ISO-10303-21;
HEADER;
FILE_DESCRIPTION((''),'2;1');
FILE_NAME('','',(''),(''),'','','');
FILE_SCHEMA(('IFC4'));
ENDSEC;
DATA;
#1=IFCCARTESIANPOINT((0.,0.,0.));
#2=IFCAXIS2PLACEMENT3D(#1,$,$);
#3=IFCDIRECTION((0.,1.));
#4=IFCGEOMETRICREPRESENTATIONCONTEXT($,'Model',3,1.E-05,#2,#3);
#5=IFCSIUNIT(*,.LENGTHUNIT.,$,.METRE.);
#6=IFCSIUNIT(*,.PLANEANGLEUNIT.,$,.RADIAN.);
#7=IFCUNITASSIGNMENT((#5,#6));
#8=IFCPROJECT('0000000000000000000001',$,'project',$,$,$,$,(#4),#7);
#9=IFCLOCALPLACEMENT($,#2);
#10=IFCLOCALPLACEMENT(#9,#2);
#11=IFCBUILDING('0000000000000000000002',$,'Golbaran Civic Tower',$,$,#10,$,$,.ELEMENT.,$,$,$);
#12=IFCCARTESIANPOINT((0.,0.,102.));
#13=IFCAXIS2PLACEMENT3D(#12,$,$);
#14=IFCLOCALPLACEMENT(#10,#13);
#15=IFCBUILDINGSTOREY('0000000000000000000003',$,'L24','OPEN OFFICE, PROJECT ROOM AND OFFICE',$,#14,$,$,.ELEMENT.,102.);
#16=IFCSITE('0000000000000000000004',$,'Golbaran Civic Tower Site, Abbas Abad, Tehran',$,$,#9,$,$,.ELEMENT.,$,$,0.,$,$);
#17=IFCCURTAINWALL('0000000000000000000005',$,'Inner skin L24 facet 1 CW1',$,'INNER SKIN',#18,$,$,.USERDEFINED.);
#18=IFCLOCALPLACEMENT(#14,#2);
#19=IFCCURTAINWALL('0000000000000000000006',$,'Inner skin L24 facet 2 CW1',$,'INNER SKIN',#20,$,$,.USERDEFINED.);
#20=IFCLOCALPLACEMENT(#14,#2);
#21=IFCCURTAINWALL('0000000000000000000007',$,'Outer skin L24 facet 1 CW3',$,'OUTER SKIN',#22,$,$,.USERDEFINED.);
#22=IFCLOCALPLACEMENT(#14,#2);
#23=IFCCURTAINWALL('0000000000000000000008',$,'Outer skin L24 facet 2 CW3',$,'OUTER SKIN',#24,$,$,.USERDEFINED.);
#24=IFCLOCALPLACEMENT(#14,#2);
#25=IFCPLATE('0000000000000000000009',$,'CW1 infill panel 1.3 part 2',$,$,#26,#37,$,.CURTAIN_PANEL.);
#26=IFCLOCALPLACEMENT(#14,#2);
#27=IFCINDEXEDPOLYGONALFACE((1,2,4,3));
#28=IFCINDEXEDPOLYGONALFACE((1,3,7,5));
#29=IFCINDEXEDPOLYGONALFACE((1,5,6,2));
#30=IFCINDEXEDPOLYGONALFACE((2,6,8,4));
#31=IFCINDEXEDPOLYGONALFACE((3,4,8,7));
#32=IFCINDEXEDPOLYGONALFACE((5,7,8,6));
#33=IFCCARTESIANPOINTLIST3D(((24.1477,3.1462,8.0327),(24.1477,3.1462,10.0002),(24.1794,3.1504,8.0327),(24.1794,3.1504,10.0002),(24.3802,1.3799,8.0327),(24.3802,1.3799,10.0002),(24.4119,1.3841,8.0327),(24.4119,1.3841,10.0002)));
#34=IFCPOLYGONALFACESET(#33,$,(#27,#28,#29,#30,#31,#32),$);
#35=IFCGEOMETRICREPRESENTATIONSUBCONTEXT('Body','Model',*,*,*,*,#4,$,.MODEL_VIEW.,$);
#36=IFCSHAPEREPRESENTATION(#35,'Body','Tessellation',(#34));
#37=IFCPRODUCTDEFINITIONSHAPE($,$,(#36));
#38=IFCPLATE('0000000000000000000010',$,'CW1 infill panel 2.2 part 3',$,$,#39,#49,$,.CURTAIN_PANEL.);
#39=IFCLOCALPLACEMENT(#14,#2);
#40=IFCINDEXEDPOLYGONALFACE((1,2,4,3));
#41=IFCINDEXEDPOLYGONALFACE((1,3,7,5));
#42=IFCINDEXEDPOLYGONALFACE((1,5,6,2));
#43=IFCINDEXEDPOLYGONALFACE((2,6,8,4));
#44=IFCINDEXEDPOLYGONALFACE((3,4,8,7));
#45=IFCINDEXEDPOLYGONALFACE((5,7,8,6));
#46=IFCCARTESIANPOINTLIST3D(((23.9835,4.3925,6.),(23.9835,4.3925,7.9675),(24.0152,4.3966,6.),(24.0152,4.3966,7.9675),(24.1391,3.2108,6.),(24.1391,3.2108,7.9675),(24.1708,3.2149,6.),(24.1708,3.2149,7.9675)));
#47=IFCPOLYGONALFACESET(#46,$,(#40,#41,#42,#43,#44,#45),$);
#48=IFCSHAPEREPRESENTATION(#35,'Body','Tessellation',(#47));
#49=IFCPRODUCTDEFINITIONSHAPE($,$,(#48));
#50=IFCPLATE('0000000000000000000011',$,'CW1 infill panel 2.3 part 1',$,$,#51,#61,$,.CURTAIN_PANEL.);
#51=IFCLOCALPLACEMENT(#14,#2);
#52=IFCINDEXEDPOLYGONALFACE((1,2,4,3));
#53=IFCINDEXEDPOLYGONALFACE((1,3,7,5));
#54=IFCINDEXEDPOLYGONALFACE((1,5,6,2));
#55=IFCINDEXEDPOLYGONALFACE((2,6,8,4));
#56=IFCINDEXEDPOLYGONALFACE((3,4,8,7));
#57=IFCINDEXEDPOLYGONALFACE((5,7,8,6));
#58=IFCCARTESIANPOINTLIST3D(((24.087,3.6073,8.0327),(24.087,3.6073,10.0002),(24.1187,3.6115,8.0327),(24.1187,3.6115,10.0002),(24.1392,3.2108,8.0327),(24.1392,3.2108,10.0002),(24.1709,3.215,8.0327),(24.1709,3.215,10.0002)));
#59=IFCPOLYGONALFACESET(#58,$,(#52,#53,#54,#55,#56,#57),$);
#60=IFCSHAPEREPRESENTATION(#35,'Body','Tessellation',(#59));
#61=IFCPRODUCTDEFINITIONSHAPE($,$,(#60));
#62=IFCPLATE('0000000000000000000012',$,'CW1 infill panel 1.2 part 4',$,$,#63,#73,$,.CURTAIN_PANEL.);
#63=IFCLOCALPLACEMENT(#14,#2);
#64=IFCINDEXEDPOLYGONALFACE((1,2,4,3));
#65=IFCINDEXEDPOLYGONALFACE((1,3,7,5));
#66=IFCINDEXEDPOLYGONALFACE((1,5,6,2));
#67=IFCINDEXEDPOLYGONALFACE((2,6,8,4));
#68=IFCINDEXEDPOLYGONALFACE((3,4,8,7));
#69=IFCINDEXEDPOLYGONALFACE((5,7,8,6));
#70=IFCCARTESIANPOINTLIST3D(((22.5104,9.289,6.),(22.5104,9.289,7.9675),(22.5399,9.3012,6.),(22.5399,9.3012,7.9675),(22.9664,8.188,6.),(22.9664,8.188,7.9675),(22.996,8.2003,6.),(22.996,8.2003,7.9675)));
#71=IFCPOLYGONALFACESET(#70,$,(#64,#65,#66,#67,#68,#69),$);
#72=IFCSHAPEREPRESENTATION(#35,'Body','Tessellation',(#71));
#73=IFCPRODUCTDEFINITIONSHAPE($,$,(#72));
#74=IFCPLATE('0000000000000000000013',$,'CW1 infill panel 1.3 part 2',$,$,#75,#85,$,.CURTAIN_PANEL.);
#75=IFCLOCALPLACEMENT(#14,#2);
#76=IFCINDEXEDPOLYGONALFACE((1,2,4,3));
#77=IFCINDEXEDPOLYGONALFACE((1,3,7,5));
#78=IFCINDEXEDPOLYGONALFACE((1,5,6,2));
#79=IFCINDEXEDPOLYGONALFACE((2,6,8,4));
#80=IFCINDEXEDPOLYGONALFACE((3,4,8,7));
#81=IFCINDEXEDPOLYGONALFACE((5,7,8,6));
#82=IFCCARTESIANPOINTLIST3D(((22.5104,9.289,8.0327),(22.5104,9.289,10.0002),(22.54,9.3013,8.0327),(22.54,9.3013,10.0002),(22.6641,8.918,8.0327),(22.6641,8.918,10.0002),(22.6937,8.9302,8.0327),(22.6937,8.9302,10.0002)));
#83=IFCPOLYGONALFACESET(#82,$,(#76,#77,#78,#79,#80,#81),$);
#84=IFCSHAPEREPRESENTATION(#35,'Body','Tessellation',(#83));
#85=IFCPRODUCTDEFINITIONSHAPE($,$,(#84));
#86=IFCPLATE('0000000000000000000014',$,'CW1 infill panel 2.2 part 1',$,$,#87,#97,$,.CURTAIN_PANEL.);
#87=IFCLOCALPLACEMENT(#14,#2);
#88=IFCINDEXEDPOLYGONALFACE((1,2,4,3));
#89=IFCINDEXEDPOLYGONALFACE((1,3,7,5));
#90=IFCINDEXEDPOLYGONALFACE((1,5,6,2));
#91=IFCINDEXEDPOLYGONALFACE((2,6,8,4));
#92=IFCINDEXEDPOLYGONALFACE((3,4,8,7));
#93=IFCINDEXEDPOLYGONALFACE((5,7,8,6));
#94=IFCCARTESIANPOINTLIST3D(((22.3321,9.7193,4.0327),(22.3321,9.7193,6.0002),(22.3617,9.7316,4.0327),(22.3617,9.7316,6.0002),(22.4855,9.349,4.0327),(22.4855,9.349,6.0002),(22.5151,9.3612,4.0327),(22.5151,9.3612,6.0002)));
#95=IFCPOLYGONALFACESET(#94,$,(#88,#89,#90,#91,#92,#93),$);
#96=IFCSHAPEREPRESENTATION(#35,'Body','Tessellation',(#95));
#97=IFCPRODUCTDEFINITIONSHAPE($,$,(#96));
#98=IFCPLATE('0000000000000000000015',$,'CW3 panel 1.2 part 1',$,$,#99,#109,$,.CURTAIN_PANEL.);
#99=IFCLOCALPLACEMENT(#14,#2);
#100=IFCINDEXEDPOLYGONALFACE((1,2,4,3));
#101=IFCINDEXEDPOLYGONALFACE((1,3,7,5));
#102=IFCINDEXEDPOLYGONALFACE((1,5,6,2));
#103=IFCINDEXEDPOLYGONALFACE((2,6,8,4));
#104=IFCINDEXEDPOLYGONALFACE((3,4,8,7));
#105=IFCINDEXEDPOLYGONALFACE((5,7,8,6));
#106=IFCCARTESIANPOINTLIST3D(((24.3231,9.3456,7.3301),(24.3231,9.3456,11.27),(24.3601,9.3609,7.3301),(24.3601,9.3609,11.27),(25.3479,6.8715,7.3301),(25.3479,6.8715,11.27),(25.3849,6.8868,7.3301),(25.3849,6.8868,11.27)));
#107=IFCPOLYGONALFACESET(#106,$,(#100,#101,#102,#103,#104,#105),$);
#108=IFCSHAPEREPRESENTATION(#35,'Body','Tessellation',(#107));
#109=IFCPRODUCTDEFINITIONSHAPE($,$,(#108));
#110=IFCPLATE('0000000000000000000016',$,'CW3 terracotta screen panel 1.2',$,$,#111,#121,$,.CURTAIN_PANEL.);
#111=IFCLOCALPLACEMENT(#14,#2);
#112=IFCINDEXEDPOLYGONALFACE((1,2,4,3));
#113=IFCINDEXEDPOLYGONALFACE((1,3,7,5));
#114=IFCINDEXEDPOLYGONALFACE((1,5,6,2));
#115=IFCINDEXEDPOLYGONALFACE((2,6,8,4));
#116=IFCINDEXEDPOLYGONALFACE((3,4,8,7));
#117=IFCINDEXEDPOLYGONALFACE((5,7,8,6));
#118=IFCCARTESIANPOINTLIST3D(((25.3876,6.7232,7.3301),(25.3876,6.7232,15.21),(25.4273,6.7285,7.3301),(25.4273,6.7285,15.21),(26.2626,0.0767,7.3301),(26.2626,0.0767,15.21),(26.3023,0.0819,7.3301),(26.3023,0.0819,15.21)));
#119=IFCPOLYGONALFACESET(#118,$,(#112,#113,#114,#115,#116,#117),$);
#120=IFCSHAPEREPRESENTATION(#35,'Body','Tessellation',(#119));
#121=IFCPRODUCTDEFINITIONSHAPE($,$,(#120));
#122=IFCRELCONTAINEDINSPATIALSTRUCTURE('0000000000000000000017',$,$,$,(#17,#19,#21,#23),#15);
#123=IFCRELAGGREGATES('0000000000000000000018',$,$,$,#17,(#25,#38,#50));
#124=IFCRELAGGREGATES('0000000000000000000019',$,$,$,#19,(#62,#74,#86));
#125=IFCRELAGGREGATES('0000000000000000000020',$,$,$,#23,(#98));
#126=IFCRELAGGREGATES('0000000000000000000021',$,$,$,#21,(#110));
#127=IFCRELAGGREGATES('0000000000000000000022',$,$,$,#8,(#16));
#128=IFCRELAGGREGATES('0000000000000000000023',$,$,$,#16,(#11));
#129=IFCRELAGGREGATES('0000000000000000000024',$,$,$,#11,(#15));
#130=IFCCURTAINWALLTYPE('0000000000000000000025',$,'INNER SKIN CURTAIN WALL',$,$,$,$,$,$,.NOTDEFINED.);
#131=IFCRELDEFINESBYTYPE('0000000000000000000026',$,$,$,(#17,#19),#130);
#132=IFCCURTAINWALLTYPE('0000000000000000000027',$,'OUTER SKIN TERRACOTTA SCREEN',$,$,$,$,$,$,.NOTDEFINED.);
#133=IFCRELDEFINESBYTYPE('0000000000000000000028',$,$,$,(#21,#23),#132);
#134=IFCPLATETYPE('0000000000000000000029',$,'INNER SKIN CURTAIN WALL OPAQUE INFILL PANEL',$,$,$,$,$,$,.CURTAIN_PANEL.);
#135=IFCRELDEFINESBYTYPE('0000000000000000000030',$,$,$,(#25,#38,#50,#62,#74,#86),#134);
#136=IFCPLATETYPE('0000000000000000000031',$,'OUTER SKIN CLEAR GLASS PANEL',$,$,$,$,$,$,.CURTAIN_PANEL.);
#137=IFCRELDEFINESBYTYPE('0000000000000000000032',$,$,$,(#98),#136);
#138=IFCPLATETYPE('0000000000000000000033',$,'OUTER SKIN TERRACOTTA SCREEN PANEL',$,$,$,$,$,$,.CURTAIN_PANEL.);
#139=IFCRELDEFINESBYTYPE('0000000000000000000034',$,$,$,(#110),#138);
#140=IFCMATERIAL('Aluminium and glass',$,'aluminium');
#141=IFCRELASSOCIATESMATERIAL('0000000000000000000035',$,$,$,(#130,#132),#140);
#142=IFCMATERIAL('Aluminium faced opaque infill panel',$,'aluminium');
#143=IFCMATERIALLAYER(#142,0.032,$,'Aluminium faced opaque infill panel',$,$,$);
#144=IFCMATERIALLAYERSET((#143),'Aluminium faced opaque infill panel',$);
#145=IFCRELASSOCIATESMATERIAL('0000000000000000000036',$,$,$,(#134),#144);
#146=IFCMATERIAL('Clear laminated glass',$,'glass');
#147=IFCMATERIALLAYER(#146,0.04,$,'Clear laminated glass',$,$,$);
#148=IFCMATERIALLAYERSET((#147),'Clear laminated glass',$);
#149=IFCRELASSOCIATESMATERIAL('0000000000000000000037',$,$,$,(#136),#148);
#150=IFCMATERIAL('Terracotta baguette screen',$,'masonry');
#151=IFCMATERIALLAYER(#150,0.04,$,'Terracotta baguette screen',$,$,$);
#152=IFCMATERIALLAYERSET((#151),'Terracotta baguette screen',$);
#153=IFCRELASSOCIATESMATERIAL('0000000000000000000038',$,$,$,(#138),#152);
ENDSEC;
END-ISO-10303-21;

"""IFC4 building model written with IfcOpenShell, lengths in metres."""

from ifc_helpers import new_model, si_unit, direction, frame, origin, origin_2d, place, context, subcontext, project, spatial, rectangle, extrude, material, layer, layer_set, type_object, element, aggregate, save


model = new_model("IFC4")

# Units and contexts
model_context = context("Model", 3, precision=1e-05, world=origin(), true_north=direction((0.0, 1.0)))
body_context = subcontext(model_context, "Body", "Model", "MODEL_VIEW")
ifc_project = project(units=[si_unit("LENGTHUNIT", "METRE"), si_unit("PLANEANGLEUNIT", "RADIAN")], contexts=[model_context])

# Site, building, storey
site_placement = place(None, origin())
site = spatial("IfcSite", under=ifc_project, at=site_placement, Name="Golbaran Civic Tower Site, Abbas Abad, Tehran", CompositionType="ELEMENT", RefElevation=0.0)
building_placement = place(site_placement, origin())
building = spatial("IfcBuilding", under=site, at=building_placement, Name="Golbaran Civic Tower", CompositionType="ELEMENT")
storey_placement = place(building_placement, frame((0.0, 0.0, 102.0)))
storey = spatial("IfcBuildingStorey", under=building, at=storey_placement, Name="L24", Description="OPEN OFFICE, PROJECT ROOM AND OFFICE", CompositionType="ELEMENT", Elevation=102.0)

# Curtain walls
ifc_material_1 = material(Name="Aluminium and glass", Category="aluminium")
curtain_wall_type_1 = type_object("IfcCurtainWallType", Name="INNER SKIN CURTAIN WALL", PredefinedType="NOTDEFINED", material=ifc_material_1)
curtain_wall_1_placement = place(storey_placement, origin())
curtain_wall_1 = element("IfcCurtainWall", 1, at=curtain_wall_1_placement, inside=storey, type_object=curtain_wall_type_1, Name="Inner skin L24 facet 1 CW1", ObjectType="INNER SKIN", PredefinedType="USERDEFINED")
curtain_wall_2_placement = place(storey_placement, origin())
curtain_wall_2 = element("IfcCurtainWall", 2, at=curtain_wall_2_placement, inside=storey, type_object=curtain_wall_type_1, Name="Inner skin L24 facet 2 CW1", ObjectType="INNER SKIN", PredefinedType="USERDEFINED")

# Curtain walls
curtain_wall_type_2 = type_object("IfcCurtainWallType", Name="OUTER SKIN TERRACOTTA SCREEN", PredefinedType="NOTDEFINED", material=ifc_material_1)
curtain_wall_3_placement = place(storey_placement, origin())
curtain_wall_3 = element("IfcCurtainWall", 3, at=curtain_wall_3_placement, inside=storey, type_object=curtain_wall_type_2, Name="Outer skin L24 facet 1 CW3", ObjectType="OUTER SKIN", PredefinedType="USERDEFINED")
curtain_wall_4_placement = place(storey_placement, origin())
curtain_wall_4 = element("IfcCurtainWall", 4, at=curtain_wall_4_placement, inside=storey, type_object=curtain_wall_type_2, Name="Outer skin L24 facet 2 CW3", ObjectType="OUTER SKIN", PredefinedType="USERDEFINED")

# Plates
ifc_material_2 = material(Name="Aluminium faced opaque infill panel", Category="aluminium")
ifc_layer_1 = layer(ifc_material_2, 0.032, Name="Aluminium faced opaque infill panel")
ifc_layer_set_1 = layer_set([ifc_layer_1], Name="Aluminium faced opaque infill panel")
plate_type_1 = type_object("IfcPlateType", Name="INNER SKIN CURTAIN WALL OPAQUE INFILL PANEL", PredefinedType="CURTAIN_PANEL", material=ifc_layer_set_1)
plate_1_placement = place(storey_placement, frame((24.2798, 2.2651, 8.0327), z_axis=(0.0, 0.0, 1.0), x_axis=(-0.130526, 0.991445, 0.0)))
plate_1 = element("IfcPlate", 5, at=plate_1_placement, type_object=plate_type_1, Name="CW1 infill panel 1.3 part 2", PredefinedType="CURTAIN_PANEL", context=body_context, shape_type="SweptSolid", body=[
    extrude(rectangle(XDim=1.7815, YDim=0.032, at=origin_2d()), origin(), (0.0, 0.0, 1.0), 1.9675),
])
plate_2_placement = place(storey_placement, frame((24.0771, 3.8037, 6.0), z_axis=(0.0, 0.0, 1.0), x_axis=(-0.130526, 0.991445, 0.0)))
plate_2 = element("IfcPlate", 6, at=plate_2_placement, type_object=plate_type_1, Name="CW1 infill panel 2.2 part 3", PredefinedType="CURTAIN_PANEL", context=body_context, shape_type="SweptSolid", body=[
    extrude(rectangle(XDim=1.1919, YDim=0.032, at=origin_2d()), origin(), (0.0, 0.0, 1.0), 1.9675),
])
plate_3_placement = place(storey_placement, frame((24.1289, 3.4111, 8.0327), z_axis=(0.0, 0.0, 1.0), x_axis=(-0.130526, 0.991445, 0.0)))
plate_3 = element("IfcPlate", 7, at=plate_3_placement, type_object=plate_type_1, Name="CW1 infill panel 2.3 part 1", PredefinedType="CURTAIN_PANEL", context=body_context, shape_type="SweptSolid", body=[
    extrude(rectangle(XDim=0.3999, YDim=0.032, at=origin_2d()), origin(), (0.0, 0.0, 1.0), 1.9675),
])
aggregate(curtain_wall_1, [plate_1, plate_2, plate_3])
plate_4_placement = place(storey_placement, frame((22.7532, 8.7446, 6.0), z_axis=(0.0, 0.0, 1.0), x_axis=(-0.382683, 0.92388, 0.0)))
plate_4 = element("IfcPlate", 8, at=plate_4_placement, type_object=plate_type_1, Name="CW1 infill panel 1.2 part 4", PredefinedType="CURTAIN_PANEL", context=body_context, shape_type="SweptSolid", body=[
    extrude(rectangle(XDim=1.1917, YDim=0.032, at=origin_2d()), origin(), (0.0, 0.0, 1.0), 1.9675),
])
plate_5_placement = place(storey_placement, frame((22.6021, 9.1096, 8.0327), z_axis=(0.0, 0.0, 1.0), x_axis=(-0.382683, 0.92388, 0.0)))
plate_5 = element("IfcPlate", 9, at=plate_5_placement, type_object=plate_type_1, Name="CW1 infill panel 1.3 part 2", PredefinedType="CURTAIN_PANEL", context=body_context, shape_type="SweptSolid", body=[
    extrude(rectangle(XDim=0.4016, YDim=0.032, at=origin_2d()), origin(), (0.0, 0.0, 1.0), 1.9675),
])
plate_6_placement = place(storey_placement, frame((22.4236, 9.5403, 4.0327), z_axis=(0.0, 0.0, 1.0), x_axis=(-0.382683, 0.92388, 0.0)))
plate_6 = element("IfcPlate", 10, at=plate_6_placement, type_object=plate_type_1, Name="CW1 infill panel 2.2 part 1", PredefinedType="CURTAIN_PANEL", context=body_context, shape_type="SweptSolid", body=[
    extrude(rectangle(XDim=0.4009, YDim=0.032, at=origin_2d()), origin(), (0.0, 0.0, 1.0), 1.9675),
])
aggregate(curtain_wall_2, [plate_4, plate_5, plate_6])
ifc_material_3 = material(Name="Clear laminated glass", Category="glass")
ifc_layer_2 = layer(ifc_material_3, 0.04, Name="Clear laminated glass")
ifc_layer_set_2 = layer_set([ifc_layer_2], Name="Clear laminated glass")
plate_type_2 = type_object("IfcPlateType", Name="OUTER SKIN CLEAR GLASS PANEL", PredefinedType="CURTAIN_PANEL", material=ifc_layer_set_2)
plate_7_placement = place(storey_placement, frame((24.854, 8.1162, 7.3301), z_axis=(0.0, 0.0, 1.0), x_axis=(-0.382683, 0.92388, 0.0)))
plate_7 = element("IfcPlate", 11, at=plate_7_placement, type_object=plate_type_2, Name="CW3 panel 1.2 part 1", PredefinedType="CURTAIN_PANEL", context=body_context, shape_type="SweptSolid", body=[
    extrude(rectangle(XDim=2.678, YDim=0.04, at=origin_2d()), origin(), (0.0, 0.0, 1.0), 3.9399),
])
aggregate(curtain_wall_4, [plate_7])
ifc_material_4 = material(Name="Terracotta baguette screen", Category="masonry")
ifc_layer_3 = layer(ifc_material_4, 0.04, Name="Terracotta baguette screen")
ifc_layer_set_3 = layer_set([ifc_layer_3], Name="Terracotta baguette screen")
plate_type_3 = type_object("IfcPlateType", Name="OUTER SKIN TERRACOTTA SCREEN PANEL", PredefinedType="CURTAIN_PANEL", material=ifc_layer_set_3)
plate_8_placement = place(storey_placement, frame((25.845, 3.4026, 7.3301), z_axis=(0.0, 0.0, 1.0), x_axis=(-0.130526, 0.991445, 0.0)))
plate_8 = element("IfcPlate", 12, at=plate_8_placement, type_object=plate_type_3, Name="CW3 terracotta screen panel 1.2", PredefinedType="CURTAIN_PANEL", context=body_context, shape_type="SweptSolid", body=[
    extrude(rectangle(XDim=6.7039, YDim=0.04, at=origin_2d()), origin(), (0.0, 0.0, 1.0), 7.8799),
])
aggregate(curtain_wall_3, [plate_8])

save(model, "model.ifc")
